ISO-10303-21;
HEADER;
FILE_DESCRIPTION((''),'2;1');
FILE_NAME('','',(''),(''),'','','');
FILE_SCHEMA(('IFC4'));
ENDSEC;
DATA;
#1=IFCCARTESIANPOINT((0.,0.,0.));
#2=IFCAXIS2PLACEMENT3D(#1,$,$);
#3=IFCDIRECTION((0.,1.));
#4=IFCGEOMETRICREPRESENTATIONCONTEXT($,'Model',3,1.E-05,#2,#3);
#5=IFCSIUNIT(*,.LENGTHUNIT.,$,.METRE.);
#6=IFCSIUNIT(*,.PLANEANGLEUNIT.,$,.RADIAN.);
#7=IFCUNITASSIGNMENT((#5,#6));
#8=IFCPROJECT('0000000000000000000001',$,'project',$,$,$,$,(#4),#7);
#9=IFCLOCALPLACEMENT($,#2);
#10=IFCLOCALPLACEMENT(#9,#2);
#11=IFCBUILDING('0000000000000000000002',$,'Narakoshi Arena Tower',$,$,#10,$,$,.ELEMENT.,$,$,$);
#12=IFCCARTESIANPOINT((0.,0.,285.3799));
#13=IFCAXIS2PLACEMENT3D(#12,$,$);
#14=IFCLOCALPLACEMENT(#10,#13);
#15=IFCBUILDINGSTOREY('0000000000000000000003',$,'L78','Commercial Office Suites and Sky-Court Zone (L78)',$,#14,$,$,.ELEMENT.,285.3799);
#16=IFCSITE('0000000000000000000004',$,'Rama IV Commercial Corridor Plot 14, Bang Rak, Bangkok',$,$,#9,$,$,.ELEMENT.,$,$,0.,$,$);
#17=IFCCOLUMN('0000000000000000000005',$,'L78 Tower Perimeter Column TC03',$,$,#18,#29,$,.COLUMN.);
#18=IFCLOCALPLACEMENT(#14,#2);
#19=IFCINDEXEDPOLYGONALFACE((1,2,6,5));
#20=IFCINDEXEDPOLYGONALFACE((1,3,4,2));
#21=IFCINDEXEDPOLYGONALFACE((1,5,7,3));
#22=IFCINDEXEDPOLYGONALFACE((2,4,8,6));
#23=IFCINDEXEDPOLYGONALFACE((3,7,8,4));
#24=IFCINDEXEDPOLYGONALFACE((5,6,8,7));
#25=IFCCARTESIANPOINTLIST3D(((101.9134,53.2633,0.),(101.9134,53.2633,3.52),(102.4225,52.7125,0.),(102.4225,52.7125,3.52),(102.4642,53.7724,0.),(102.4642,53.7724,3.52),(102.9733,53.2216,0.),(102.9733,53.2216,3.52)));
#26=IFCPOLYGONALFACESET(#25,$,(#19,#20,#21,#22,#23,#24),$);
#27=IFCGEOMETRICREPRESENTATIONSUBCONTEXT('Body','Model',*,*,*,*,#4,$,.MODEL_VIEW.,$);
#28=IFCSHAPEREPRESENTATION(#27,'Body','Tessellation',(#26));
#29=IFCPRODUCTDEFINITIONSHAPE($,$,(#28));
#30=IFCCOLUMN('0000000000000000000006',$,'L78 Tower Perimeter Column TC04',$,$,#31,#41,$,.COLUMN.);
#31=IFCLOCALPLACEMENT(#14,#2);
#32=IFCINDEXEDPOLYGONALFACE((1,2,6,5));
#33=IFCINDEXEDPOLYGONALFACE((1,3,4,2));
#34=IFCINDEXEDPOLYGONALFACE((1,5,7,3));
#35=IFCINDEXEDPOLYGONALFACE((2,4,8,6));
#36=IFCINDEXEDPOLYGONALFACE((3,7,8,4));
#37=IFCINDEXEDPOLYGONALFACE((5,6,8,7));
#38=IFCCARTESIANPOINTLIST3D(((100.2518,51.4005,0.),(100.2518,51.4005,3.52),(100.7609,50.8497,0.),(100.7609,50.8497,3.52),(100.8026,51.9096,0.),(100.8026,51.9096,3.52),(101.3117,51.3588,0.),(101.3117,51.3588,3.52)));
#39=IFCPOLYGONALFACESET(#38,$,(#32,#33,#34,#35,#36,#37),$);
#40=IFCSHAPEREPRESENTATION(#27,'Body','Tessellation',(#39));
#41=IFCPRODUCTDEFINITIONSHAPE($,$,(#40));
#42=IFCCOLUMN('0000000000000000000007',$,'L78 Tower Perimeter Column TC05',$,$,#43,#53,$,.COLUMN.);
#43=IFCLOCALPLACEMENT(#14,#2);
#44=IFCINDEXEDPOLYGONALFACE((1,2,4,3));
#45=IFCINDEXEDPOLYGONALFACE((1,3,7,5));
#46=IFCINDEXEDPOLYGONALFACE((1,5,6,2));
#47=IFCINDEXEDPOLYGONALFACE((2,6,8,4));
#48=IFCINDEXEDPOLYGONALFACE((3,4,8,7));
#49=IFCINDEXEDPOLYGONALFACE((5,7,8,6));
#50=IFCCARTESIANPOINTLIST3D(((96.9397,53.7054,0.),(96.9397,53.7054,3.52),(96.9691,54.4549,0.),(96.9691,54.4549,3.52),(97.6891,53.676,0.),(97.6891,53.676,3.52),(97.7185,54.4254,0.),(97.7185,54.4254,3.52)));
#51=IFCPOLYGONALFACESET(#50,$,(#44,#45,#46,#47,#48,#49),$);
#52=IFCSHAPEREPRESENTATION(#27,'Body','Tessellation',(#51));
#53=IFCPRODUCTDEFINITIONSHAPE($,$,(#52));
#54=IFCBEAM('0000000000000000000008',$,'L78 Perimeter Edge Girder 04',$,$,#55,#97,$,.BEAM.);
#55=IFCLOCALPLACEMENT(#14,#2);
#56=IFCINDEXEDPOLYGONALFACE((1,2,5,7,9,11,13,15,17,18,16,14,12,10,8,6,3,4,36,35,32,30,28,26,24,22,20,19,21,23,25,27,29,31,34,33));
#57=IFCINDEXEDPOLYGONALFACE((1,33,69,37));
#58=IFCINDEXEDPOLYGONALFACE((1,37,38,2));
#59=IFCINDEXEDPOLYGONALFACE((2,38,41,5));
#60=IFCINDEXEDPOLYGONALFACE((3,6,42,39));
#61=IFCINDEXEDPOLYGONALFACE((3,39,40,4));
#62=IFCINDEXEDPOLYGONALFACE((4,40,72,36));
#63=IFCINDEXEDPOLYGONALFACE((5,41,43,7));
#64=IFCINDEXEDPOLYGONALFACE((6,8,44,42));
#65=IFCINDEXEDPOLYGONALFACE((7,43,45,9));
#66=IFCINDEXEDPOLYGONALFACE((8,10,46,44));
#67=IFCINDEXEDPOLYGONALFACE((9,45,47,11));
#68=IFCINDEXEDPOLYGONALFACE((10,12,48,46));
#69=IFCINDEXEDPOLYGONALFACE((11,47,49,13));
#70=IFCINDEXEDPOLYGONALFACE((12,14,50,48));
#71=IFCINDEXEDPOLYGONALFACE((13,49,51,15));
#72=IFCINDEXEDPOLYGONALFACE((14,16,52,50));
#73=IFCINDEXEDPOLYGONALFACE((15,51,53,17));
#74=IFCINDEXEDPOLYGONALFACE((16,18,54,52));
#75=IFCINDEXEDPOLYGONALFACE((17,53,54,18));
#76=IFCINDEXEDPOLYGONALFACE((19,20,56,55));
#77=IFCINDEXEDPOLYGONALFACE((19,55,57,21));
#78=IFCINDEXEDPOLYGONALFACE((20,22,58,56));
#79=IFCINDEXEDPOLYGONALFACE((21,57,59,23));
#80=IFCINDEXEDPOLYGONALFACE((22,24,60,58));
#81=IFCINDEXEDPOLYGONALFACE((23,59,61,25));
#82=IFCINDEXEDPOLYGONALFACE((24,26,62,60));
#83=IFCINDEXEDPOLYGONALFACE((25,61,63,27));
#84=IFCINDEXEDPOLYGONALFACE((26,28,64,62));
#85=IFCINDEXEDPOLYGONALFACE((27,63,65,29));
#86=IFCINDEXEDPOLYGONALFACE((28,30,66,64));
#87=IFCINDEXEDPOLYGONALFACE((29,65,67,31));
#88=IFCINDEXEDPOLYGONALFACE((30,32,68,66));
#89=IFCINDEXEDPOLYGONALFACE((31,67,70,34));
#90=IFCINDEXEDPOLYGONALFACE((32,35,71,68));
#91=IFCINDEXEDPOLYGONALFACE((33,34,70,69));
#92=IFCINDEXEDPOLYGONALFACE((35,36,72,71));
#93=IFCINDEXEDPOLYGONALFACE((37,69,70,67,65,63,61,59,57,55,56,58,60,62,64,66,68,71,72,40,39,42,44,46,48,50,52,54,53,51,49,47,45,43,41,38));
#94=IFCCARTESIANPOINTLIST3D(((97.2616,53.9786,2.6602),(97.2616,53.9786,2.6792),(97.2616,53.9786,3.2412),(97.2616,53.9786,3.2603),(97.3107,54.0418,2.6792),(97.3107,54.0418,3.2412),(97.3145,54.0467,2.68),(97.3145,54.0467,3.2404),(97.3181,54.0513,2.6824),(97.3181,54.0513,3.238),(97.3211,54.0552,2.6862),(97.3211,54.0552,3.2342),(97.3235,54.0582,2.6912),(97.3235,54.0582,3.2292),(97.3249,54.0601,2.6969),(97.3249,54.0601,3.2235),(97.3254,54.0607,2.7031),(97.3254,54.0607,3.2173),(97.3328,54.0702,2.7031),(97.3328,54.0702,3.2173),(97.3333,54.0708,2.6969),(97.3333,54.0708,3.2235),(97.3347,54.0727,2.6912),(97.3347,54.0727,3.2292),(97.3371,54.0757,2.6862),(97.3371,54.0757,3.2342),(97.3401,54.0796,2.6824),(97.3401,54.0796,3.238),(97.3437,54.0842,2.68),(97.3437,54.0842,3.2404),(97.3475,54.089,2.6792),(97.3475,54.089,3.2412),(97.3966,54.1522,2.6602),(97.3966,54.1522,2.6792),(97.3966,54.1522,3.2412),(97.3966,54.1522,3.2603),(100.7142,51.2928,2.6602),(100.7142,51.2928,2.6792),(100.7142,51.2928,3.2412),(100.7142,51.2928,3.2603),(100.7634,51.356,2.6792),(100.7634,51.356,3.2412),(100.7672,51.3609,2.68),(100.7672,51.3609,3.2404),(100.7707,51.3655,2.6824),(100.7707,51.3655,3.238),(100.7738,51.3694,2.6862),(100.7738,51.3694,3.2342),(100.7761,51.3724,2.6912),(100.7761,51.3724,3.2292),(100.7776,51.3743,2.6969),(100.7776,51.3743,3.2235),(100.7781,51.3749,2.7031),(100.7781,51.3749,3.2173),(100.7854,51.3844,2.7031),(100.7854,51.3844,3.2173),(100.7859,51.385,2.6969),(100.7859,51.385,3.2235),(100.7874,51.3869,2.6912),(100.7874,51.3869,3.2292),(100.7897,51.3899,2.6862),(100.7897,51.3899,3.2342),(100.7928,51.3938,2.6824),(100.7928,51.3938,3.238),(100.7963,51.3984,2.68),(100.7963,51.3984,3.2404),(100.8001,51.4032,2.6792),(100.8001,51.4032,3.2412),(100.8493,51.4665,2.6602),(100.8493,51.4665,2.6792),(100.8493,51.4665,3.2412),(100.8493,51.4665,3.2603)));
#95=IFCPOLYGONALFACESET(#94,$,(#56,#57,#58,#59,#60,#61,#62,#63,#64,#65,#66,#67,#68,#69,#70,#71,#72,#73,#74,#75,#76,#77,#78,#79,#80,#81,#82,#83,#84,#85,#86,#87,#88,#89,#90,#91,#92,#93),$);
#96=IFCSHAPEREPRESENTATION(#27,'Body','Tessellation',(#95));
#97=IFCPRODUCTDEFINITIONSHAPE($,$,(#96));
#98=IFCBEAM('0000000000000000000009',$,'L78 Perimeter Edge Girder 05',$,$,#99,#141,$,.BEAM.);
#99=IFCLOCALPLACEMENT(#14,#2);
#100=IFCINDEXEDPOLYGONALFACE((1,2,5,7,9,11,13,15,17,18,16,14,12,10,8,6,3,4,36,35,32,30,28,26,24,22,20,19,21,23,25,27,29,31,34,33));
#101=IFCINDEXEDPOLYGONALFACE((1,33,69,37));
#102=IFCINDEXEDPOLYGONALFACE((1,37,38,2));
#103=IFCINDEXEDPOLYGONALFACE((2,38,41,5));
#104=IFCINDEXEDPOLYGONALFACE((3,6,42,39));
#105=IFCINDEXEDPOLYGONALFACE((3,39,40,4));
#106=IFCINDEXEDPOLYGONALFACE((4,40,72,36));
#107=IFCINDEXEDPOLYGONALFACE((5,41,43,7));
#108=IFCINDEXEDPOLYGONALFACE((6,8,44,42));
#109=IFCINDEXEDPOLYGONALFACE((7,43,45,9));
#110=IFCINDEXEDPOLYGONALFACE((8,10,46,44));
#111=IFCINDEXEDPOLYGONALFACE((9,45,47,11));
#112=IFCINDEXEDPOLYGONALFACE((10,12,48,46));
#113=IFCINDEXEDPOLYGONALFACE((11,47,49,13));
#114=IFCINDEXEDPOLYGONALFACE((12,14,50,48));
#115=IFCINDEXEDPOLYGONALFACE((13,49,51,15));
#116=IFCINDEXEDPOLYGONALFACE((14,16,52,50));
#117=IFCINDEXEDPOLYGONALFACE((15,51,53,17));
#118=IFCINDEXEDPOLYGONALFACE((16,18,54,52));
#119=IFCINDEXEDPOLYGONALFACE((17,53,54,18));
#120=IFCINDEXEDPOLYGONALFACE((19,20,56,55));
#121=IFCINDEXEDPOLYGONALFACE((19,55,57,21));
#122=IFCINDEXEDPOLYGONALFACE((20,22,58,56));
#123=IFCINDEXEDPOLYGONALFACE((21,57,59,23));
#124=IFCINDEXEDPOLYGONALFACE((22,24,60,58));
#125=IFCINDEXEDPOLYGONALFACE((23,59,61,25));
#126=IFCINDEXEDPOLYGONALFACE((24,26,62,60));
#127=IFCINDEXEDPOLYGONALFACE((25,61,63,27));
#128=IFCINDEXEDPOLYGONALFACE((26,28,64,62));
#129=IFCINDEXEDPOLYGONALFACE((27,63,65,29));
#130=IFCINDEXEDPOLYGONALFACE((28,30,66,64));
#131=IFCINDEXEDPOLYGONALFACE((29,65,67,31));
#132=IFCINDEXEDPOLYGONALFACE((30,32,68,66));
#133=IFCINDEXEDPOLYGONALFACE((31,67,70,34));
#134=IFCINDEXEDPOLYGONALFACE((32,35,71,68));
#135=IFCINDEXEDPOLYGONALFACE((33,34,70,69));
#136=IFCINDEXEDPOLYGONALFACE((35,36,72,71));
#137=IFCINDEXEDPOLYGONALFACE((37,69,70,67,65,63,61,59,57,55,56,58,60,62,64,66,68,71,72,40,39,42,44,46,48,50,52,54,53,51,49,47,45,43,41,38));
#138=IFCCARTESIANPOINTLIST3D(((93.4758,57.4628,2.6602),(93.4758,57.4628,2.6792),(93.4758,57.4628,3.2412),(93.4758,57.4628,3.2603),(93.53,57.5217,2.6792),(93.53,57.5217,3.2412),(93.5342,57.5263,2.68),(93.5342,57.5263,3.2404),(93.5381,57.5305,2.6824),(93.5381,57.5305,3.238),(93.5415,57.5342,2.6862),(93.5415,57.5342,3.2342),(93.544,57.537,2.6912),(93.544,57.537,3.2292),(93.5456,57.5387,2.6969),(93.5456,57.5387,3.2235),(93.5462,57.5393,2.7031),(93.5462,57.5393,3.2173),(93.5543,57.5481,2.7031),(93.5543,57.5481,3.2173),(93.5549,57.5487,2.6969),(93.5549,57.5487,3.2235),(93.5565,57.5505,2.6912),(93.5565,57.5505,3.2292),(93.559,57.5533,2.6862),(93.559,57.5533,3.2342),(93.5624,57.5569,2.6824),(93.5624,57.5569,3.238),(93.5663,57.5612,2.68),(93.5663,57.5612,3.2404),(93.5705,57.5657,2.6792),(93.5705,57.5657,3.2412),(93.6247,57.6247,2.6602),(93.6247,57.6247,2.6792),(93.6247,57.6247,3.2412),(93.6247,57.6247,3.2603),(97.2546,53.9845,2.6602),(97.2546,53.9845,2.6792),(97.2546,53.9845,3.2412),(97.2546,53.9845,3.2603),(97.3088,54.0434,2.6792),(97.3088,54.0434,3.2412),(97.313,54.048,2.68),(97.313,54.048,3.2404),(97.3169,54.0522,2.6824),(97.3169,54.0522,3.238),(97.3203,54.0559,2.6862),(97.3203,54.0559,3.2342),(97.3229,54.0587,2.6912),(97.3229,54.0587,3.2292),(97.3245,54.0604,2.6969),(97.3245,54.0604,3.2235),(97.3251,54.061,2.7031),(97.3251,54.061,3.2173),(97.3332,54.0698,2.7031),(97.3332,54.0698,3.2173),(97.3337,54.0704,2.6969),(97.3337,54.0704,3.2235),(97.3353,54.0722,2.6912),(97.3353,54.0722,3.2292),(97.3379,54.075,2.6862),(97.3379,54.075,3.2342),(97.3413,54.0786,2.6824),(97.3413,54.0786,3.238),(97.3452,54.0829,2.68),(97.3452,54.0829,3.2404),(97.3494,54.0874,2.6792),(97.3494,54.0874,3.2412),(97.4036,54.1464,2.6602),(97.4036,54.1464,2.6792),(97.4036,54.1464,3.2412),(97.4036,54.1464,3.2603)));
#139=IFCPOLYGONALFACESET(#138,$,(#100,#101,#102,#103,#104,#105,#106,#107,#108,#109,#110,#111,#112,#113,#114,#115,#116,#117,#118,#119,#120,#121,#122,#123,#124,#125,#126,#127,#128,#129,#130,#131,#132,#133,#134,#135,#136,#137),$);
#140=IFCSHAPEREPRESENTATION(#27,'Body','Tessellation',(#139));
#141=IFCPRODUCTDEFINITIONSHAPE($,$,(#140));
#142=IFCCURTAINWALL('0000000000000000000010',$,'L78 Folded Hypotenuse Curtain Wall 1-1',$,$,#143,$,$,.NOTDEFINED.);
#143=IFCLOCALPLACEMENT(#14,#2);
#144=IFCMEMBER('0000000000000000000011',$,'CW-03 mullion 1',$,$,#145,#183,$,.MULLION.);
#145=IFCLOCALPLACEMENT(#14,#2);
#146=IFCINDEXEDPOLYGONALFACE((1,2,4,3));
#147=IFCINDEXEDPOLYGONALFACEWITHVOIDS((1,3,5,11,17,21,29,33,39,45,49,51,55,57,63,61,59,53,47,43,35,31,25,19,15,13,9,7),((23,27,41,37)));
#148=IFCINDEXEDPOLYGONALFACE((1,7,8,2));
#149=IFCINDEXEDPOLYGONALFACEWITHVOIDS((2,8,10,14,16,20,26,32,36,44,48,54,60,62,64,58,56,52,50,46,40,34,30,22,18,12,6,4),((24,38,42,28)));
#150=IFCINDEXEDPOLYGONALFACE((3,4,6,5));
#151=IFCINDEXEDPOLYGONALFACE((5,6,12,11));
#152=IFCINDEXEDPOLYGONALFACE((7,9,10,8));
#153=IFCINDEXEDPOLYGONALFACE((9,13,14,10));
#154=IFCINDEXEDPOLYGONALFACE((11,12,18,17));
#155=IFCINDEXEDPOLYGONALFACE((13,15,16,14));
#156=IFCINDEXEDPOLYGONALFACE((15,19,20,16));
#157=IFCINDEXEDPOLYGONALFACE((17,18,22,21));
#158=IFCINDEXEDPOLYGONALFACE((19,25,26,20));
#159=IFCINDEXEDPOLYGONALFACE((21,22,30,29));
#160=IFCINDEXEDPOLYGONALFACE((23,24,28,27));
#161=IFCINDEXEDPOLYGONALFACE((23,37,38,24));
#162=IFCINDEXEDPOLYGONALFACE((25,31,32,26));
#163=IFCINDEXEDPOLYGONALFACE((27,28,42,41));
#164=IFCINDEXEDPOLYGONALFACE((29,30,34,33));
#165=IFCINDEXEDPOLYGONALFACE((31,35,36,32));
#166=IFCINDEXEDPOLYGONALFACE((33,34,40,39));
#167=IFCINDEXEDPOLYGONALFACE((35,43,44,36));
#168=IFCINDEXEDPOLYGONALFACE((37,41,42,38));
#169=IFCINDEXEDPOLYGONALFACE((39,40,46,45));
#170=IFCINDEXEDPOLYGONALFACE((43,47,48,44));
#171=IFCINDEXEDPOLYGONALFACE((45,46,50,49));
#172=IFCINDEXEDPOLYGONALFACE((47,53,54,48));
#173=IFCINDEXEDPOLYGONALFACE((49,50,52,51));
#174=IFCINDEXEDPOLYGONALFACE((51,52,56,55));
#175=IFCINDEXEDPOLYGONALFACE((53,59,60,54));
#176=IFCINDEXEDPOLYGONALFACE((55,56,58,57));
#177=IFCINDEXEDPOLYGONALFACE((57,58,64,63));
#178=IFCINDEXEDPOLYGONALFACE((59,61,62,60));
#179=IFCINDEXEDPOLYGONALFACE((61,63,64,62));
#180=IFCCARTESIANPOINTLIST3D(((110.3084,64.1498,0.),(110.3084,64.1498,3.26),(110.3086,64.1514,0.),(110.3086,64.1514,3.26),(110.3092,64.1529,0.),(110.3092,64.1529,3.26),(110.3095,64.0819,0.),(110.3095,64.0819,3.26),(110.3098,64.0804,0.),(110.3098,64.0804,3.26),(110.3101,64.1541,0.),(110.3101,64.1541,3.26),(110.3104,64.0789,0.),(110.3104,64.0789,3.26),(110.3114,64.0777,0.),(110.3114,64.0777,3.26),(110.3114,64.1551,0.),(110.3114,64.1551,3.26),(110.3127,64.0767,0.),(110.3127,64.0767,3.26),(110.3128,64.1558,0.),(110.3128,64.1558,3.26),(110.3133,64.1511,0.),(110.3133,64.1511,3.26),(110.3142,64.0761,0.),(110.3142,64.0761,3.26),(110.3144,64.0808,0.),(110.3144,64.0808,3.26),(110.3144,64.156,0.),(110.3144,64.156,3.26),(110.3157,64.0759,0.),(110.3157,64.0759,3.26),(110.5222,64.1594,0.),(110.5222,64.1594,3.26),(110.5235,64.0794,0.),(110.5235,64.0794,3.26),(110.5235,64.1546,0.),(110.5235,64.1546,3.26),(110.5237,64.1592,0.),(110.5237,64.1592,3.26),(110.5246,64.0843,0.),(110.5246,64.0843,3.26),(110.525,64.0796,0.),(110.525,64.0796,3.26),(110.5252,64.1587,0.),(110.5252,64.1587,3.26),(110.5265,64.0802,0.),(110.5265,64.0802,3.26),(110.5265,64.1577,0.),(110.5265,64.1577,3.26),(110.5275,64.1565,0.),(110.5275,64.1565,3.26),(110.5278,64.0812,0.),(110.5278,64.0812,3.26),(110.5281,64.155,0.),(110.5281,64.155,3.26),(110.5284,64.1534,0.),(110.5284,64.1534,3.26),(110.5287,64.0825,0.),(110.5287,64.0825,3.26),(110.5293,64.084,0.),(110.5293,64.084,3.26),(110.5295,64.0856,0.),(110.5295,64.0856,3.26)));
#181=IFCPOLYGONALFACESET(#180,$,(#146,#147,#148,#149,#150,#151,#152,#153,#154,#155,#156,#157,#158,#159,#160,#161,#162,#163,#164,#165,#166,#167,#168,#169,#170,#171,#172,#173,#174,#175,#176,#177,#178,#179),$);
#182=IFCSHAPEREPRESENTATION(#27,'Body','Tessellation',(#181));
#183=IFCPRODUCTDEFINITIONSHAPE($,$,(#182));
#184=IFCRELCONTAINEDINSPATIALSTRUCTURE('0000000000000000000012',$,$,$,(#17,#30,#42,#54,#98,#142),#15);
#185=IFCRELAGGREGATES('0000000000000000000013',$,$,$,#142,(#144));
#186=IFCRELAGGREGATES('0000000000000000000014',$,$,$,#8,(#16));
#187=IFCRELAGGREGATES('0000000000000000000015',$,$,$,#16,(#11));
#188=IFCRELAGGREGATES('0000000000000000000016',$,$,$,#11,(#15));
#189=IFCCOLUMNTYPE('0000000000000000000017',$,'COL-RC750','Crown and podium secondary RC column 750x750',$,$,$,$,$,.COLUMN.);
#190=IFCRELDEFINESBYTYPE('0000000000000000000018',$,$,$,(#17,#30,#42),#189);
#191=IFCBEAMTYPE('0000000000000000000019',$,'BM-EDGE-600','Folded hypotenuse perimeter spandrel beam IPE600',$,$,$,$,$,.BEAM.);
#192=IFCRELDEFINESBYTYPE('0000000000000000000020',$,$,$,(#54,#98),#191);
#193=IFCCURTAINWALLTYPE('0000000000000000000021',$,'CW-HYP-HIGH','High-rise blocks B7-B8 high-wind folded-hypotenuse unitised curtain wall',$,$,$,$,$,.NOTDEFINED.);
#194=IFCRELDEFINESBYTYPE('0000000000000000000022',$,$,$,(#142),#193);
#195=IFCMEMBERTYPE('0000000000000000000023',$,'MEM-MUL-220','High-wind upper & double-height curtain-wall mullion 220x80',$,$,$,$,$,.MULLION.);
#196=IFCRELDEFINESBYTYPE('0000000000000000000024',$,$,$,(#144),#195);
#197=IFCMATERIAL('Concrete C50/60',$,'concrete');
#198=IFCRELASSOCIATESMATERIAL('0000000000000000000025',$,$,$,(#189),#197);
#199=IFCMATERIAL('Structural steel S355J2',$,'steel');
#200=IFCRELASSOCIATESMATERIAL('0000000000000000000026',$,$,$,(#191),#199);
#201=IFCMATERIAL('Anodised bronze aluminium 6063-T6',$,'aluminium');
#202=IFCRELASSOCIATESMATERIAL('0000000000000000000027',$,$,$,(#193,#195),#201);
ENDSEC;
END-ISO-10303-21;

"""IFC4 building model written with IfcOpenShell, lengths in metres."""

from ifc_helpers import new_model, si_unit, direction, frame, origin, origin_2d, place, context, subcontext, project, spatial, rectangle, hollow_rectangle, i_section, extrude, material, material_profile, profile_set, type_object, element, aggregate, save


model = new_model("IFC4")

# Units and contexts
model_context = context("Model", 3, precision=1e-05, world=origin(), true_north=direction((0.0, 1.0)))
body_context = subcontext(model_context, "Body", "Model", "MODEL_VIEW")
ifc_project = project(units=[si_unit("LENGTHUNIT", "METRE"), si_unit("PLANEANGLEUNIT", "RADIAN")], contexts=[model_context])

# Site, building, storey
site_placement = place(None, origin())
site = spatial("IfcSite", under=ifc_project, at=site_placement, Name="Rama IV Commercial Corridor Plot 14, Bang Rak, Bangkok", CompositionType="ELEMENT", RefElevation=0.0)
building_placement = place(site_placement, origin())
building = spatial("IfcBuilding", under=site, at=building_placement, Name="Narakoshi Arena Tower", CompositionType="ELEMENT")
storey_placement = place(building_placement, frame((0.0, 0.0, 285.3799)))
storey = spatial("IfcBuildingStorey", under=building, at=storey_placement, Name="L78", Description="Commercial Office Suites and Sky-Court Zone (L78)", CompositionType="ELEMENT", Elevation=285.3799)

# Columns
ifc_material_1 = material(Name="Concrete C50/60", Category="concrete")
ifc_material_profile_1 = material_profile(ifc_material_1, rectangle(XDim=0.75, YDim=0.75, at=origin_2d()), Name="RC750x750")
ifc_profile_set_1 = profile_set([ifc_material_profile_1], Name="Concrete C50/60")
column_type = type_object("IfcColumnType", Name="COL-RC750", Description="Crown and podium secondary RC column 750x750", PredefinedType="COLUMN", material=ifc_profile_set_1)
for number, where, z_axis, x_axis, name in (
    (1, (102.4434, 53.2424, 0.0), (0.0, 0.0, 1.0), (0.734323, 0.678801, 0.0), "L78 Tower Perimeter Column TC03"),
    (2, (100.7817, 51.3796, 0.0), (0.0, 0.0, 1.0), (0.734323, 0.678801, 0.0), "L78 Tower Perimeter Column TC04"),
    (3, (97.3291, 54.0654, 0.0), (0.0, 0.0, 1.0), (0.03926, 0.999229, 0.0), "L78 Tower Perimeter Column TC05"),
):
    element("IfcColumn", number, at=place(storey_placement, frame(where, z_axis=z_axis, x_axis=x_axis)), inside=storey, type_object=column_type, Name=name, PredefinedType="COLUMN", context=body_context, shape_type="SweptSolid", body=[
        extrude(rectangle(XDim=0.75, YDim=0.75, at=origin_2d()), origin(), (0.0, 0.0, 1.0), 3.52),
    ])

# Beams
ifc_material_2 = material(Name="Structural steel S355J2", Category="steel")
ifc_material_profile_2 = material_profile(ifc_material_2, i_section(OverallWidth=0.22, OverallDepth=0.6001, WebThickness=0.012, FlangeThickness=0.019, FilletRadius=0.0239, at=origin_2d()), Name="IPE600")
ifc_profile_set_2 = profile_set([ifc_material_profile_2], Name="Structural steel S355J2")
beam_type = type_object("IfcBeamType", Name="BM-EDGE-600", Description="Folded hypotenuse perimeter spandrel beam IPE600", PredefinedType="BEAM", material=ifc_profile_set_2)
beam_1_placement = place(storey_placement, frame((100.7817, 51.3796, 2.9602), z_axis=(-0.789307, 0.613999, 0.0), x_axis=(-0.613999, -0.789307, 0.0)))
element("IfcBeam", 4, at=beam_1_placement, inside=storey, type_object=beam_type, Name="L78 Perimeter Edge Girder 04", PredefinedType="BEAM", context=body_context, shape_type="SweptSolid", body=[
    extrude(i_section(OverallWidth=0.22, OverallDepth=0.6001, WebThickness=0.012, FlangeThickness=0.019, FilletRadius=0.0239, at=origin_2d()), origin(), (0.0, 0.0, 1.0), 4.3743),
])
beam_2_placement = place(storey_placement, frame((97.3291, 54.0654, 2.9602), z_axis=(-0.73576, 0.677243, 0.0), x_axis=(-0.677243, -0.73576, 0.0)))
element("IfcBeam", 5, at=beam_2_placement, inside=storey, type_object=beam_type, Name="L78 Perimeter Edge Girder 05", PredefinedType="BEAM", context=body_context, shape_type="SweptSolid", body=[
    extrude(i_section(OverallWidth=0.22, OverallDepth=0.6001, WebThickness=0.012, FlangeThickness=0.019, FilletRadius=0.0239, at=origin_2d()), origin(), (0.0, 0.0, 1.0), 5.136),
])

# Curtain wall, member
ifc_material_3 = material(Name="Anodised bronze aluminium 6063-T6", Category="aluminium")
curtain_wall_type = type_object("IfcCurtainWallType", Name="CW-HYP-HIGH", Description="High-rise blocks B7-B8 high-wind folded-hypotenuse unitised curtain wall", PredefinedType="NOTDEFINED", material=ifc_material_3)
curtain_wall_placement = place(storey_placement, origin())
curtain_wall = element("IfcCurtainWall", 6, at=curtain_wall_placement, inside=storey, type_object=curtain_wall_type, Name="L78 Folded Hypotenuse Curtain Wall 1-1", PredefinedType="NOTDEFINED")
ifc_material_profile_3 = material_profile(ifc_material_3, hollow_rectangle(XDim=0.0801, YDim=0.22, WallThickness=0.0049, OuterFilletRadius=0.0061, at=origin_2d()), Name="MUL220x80x5")
ifc_profile_set_3 = profile_set([ifc_material_profile_3], Name="Anodised bronze aluminium 6063-T6")
member_type_1 = type_object("IfcMemberType", Name="MEM-MUL-220", Description="High-wind upper & double-height curtain-wall mullion 220x80", PredefinedType="MULLION", material=ifc_profile_set_3)
member_1_placement = place(storey_placement, frame((110.4189, 64.1177, 0.0), z_axis=(0.0, 0.0, 1.0), x_axis=(0.016443, -0.999865, 0.0)))
member_1 = element("IfcMember", 7, at=member_1_placement, type_object=member_type_1, Name="CW-03 mullion 1", PredefinedType="MULLION", context=body_context, shape_type="SweptSolid", body=[
    extrude(hollow_rectangle(XDim=0.0801, YDim=0.22, WallThickness=0.0049, OuterFilletRadius=0.0061, at=origin_2d()), origin(), (0.0, 0.0, 1.0), 3.26),
])
aggregate(curtain_wall, [member_1])

save(model, "model.ifc")
